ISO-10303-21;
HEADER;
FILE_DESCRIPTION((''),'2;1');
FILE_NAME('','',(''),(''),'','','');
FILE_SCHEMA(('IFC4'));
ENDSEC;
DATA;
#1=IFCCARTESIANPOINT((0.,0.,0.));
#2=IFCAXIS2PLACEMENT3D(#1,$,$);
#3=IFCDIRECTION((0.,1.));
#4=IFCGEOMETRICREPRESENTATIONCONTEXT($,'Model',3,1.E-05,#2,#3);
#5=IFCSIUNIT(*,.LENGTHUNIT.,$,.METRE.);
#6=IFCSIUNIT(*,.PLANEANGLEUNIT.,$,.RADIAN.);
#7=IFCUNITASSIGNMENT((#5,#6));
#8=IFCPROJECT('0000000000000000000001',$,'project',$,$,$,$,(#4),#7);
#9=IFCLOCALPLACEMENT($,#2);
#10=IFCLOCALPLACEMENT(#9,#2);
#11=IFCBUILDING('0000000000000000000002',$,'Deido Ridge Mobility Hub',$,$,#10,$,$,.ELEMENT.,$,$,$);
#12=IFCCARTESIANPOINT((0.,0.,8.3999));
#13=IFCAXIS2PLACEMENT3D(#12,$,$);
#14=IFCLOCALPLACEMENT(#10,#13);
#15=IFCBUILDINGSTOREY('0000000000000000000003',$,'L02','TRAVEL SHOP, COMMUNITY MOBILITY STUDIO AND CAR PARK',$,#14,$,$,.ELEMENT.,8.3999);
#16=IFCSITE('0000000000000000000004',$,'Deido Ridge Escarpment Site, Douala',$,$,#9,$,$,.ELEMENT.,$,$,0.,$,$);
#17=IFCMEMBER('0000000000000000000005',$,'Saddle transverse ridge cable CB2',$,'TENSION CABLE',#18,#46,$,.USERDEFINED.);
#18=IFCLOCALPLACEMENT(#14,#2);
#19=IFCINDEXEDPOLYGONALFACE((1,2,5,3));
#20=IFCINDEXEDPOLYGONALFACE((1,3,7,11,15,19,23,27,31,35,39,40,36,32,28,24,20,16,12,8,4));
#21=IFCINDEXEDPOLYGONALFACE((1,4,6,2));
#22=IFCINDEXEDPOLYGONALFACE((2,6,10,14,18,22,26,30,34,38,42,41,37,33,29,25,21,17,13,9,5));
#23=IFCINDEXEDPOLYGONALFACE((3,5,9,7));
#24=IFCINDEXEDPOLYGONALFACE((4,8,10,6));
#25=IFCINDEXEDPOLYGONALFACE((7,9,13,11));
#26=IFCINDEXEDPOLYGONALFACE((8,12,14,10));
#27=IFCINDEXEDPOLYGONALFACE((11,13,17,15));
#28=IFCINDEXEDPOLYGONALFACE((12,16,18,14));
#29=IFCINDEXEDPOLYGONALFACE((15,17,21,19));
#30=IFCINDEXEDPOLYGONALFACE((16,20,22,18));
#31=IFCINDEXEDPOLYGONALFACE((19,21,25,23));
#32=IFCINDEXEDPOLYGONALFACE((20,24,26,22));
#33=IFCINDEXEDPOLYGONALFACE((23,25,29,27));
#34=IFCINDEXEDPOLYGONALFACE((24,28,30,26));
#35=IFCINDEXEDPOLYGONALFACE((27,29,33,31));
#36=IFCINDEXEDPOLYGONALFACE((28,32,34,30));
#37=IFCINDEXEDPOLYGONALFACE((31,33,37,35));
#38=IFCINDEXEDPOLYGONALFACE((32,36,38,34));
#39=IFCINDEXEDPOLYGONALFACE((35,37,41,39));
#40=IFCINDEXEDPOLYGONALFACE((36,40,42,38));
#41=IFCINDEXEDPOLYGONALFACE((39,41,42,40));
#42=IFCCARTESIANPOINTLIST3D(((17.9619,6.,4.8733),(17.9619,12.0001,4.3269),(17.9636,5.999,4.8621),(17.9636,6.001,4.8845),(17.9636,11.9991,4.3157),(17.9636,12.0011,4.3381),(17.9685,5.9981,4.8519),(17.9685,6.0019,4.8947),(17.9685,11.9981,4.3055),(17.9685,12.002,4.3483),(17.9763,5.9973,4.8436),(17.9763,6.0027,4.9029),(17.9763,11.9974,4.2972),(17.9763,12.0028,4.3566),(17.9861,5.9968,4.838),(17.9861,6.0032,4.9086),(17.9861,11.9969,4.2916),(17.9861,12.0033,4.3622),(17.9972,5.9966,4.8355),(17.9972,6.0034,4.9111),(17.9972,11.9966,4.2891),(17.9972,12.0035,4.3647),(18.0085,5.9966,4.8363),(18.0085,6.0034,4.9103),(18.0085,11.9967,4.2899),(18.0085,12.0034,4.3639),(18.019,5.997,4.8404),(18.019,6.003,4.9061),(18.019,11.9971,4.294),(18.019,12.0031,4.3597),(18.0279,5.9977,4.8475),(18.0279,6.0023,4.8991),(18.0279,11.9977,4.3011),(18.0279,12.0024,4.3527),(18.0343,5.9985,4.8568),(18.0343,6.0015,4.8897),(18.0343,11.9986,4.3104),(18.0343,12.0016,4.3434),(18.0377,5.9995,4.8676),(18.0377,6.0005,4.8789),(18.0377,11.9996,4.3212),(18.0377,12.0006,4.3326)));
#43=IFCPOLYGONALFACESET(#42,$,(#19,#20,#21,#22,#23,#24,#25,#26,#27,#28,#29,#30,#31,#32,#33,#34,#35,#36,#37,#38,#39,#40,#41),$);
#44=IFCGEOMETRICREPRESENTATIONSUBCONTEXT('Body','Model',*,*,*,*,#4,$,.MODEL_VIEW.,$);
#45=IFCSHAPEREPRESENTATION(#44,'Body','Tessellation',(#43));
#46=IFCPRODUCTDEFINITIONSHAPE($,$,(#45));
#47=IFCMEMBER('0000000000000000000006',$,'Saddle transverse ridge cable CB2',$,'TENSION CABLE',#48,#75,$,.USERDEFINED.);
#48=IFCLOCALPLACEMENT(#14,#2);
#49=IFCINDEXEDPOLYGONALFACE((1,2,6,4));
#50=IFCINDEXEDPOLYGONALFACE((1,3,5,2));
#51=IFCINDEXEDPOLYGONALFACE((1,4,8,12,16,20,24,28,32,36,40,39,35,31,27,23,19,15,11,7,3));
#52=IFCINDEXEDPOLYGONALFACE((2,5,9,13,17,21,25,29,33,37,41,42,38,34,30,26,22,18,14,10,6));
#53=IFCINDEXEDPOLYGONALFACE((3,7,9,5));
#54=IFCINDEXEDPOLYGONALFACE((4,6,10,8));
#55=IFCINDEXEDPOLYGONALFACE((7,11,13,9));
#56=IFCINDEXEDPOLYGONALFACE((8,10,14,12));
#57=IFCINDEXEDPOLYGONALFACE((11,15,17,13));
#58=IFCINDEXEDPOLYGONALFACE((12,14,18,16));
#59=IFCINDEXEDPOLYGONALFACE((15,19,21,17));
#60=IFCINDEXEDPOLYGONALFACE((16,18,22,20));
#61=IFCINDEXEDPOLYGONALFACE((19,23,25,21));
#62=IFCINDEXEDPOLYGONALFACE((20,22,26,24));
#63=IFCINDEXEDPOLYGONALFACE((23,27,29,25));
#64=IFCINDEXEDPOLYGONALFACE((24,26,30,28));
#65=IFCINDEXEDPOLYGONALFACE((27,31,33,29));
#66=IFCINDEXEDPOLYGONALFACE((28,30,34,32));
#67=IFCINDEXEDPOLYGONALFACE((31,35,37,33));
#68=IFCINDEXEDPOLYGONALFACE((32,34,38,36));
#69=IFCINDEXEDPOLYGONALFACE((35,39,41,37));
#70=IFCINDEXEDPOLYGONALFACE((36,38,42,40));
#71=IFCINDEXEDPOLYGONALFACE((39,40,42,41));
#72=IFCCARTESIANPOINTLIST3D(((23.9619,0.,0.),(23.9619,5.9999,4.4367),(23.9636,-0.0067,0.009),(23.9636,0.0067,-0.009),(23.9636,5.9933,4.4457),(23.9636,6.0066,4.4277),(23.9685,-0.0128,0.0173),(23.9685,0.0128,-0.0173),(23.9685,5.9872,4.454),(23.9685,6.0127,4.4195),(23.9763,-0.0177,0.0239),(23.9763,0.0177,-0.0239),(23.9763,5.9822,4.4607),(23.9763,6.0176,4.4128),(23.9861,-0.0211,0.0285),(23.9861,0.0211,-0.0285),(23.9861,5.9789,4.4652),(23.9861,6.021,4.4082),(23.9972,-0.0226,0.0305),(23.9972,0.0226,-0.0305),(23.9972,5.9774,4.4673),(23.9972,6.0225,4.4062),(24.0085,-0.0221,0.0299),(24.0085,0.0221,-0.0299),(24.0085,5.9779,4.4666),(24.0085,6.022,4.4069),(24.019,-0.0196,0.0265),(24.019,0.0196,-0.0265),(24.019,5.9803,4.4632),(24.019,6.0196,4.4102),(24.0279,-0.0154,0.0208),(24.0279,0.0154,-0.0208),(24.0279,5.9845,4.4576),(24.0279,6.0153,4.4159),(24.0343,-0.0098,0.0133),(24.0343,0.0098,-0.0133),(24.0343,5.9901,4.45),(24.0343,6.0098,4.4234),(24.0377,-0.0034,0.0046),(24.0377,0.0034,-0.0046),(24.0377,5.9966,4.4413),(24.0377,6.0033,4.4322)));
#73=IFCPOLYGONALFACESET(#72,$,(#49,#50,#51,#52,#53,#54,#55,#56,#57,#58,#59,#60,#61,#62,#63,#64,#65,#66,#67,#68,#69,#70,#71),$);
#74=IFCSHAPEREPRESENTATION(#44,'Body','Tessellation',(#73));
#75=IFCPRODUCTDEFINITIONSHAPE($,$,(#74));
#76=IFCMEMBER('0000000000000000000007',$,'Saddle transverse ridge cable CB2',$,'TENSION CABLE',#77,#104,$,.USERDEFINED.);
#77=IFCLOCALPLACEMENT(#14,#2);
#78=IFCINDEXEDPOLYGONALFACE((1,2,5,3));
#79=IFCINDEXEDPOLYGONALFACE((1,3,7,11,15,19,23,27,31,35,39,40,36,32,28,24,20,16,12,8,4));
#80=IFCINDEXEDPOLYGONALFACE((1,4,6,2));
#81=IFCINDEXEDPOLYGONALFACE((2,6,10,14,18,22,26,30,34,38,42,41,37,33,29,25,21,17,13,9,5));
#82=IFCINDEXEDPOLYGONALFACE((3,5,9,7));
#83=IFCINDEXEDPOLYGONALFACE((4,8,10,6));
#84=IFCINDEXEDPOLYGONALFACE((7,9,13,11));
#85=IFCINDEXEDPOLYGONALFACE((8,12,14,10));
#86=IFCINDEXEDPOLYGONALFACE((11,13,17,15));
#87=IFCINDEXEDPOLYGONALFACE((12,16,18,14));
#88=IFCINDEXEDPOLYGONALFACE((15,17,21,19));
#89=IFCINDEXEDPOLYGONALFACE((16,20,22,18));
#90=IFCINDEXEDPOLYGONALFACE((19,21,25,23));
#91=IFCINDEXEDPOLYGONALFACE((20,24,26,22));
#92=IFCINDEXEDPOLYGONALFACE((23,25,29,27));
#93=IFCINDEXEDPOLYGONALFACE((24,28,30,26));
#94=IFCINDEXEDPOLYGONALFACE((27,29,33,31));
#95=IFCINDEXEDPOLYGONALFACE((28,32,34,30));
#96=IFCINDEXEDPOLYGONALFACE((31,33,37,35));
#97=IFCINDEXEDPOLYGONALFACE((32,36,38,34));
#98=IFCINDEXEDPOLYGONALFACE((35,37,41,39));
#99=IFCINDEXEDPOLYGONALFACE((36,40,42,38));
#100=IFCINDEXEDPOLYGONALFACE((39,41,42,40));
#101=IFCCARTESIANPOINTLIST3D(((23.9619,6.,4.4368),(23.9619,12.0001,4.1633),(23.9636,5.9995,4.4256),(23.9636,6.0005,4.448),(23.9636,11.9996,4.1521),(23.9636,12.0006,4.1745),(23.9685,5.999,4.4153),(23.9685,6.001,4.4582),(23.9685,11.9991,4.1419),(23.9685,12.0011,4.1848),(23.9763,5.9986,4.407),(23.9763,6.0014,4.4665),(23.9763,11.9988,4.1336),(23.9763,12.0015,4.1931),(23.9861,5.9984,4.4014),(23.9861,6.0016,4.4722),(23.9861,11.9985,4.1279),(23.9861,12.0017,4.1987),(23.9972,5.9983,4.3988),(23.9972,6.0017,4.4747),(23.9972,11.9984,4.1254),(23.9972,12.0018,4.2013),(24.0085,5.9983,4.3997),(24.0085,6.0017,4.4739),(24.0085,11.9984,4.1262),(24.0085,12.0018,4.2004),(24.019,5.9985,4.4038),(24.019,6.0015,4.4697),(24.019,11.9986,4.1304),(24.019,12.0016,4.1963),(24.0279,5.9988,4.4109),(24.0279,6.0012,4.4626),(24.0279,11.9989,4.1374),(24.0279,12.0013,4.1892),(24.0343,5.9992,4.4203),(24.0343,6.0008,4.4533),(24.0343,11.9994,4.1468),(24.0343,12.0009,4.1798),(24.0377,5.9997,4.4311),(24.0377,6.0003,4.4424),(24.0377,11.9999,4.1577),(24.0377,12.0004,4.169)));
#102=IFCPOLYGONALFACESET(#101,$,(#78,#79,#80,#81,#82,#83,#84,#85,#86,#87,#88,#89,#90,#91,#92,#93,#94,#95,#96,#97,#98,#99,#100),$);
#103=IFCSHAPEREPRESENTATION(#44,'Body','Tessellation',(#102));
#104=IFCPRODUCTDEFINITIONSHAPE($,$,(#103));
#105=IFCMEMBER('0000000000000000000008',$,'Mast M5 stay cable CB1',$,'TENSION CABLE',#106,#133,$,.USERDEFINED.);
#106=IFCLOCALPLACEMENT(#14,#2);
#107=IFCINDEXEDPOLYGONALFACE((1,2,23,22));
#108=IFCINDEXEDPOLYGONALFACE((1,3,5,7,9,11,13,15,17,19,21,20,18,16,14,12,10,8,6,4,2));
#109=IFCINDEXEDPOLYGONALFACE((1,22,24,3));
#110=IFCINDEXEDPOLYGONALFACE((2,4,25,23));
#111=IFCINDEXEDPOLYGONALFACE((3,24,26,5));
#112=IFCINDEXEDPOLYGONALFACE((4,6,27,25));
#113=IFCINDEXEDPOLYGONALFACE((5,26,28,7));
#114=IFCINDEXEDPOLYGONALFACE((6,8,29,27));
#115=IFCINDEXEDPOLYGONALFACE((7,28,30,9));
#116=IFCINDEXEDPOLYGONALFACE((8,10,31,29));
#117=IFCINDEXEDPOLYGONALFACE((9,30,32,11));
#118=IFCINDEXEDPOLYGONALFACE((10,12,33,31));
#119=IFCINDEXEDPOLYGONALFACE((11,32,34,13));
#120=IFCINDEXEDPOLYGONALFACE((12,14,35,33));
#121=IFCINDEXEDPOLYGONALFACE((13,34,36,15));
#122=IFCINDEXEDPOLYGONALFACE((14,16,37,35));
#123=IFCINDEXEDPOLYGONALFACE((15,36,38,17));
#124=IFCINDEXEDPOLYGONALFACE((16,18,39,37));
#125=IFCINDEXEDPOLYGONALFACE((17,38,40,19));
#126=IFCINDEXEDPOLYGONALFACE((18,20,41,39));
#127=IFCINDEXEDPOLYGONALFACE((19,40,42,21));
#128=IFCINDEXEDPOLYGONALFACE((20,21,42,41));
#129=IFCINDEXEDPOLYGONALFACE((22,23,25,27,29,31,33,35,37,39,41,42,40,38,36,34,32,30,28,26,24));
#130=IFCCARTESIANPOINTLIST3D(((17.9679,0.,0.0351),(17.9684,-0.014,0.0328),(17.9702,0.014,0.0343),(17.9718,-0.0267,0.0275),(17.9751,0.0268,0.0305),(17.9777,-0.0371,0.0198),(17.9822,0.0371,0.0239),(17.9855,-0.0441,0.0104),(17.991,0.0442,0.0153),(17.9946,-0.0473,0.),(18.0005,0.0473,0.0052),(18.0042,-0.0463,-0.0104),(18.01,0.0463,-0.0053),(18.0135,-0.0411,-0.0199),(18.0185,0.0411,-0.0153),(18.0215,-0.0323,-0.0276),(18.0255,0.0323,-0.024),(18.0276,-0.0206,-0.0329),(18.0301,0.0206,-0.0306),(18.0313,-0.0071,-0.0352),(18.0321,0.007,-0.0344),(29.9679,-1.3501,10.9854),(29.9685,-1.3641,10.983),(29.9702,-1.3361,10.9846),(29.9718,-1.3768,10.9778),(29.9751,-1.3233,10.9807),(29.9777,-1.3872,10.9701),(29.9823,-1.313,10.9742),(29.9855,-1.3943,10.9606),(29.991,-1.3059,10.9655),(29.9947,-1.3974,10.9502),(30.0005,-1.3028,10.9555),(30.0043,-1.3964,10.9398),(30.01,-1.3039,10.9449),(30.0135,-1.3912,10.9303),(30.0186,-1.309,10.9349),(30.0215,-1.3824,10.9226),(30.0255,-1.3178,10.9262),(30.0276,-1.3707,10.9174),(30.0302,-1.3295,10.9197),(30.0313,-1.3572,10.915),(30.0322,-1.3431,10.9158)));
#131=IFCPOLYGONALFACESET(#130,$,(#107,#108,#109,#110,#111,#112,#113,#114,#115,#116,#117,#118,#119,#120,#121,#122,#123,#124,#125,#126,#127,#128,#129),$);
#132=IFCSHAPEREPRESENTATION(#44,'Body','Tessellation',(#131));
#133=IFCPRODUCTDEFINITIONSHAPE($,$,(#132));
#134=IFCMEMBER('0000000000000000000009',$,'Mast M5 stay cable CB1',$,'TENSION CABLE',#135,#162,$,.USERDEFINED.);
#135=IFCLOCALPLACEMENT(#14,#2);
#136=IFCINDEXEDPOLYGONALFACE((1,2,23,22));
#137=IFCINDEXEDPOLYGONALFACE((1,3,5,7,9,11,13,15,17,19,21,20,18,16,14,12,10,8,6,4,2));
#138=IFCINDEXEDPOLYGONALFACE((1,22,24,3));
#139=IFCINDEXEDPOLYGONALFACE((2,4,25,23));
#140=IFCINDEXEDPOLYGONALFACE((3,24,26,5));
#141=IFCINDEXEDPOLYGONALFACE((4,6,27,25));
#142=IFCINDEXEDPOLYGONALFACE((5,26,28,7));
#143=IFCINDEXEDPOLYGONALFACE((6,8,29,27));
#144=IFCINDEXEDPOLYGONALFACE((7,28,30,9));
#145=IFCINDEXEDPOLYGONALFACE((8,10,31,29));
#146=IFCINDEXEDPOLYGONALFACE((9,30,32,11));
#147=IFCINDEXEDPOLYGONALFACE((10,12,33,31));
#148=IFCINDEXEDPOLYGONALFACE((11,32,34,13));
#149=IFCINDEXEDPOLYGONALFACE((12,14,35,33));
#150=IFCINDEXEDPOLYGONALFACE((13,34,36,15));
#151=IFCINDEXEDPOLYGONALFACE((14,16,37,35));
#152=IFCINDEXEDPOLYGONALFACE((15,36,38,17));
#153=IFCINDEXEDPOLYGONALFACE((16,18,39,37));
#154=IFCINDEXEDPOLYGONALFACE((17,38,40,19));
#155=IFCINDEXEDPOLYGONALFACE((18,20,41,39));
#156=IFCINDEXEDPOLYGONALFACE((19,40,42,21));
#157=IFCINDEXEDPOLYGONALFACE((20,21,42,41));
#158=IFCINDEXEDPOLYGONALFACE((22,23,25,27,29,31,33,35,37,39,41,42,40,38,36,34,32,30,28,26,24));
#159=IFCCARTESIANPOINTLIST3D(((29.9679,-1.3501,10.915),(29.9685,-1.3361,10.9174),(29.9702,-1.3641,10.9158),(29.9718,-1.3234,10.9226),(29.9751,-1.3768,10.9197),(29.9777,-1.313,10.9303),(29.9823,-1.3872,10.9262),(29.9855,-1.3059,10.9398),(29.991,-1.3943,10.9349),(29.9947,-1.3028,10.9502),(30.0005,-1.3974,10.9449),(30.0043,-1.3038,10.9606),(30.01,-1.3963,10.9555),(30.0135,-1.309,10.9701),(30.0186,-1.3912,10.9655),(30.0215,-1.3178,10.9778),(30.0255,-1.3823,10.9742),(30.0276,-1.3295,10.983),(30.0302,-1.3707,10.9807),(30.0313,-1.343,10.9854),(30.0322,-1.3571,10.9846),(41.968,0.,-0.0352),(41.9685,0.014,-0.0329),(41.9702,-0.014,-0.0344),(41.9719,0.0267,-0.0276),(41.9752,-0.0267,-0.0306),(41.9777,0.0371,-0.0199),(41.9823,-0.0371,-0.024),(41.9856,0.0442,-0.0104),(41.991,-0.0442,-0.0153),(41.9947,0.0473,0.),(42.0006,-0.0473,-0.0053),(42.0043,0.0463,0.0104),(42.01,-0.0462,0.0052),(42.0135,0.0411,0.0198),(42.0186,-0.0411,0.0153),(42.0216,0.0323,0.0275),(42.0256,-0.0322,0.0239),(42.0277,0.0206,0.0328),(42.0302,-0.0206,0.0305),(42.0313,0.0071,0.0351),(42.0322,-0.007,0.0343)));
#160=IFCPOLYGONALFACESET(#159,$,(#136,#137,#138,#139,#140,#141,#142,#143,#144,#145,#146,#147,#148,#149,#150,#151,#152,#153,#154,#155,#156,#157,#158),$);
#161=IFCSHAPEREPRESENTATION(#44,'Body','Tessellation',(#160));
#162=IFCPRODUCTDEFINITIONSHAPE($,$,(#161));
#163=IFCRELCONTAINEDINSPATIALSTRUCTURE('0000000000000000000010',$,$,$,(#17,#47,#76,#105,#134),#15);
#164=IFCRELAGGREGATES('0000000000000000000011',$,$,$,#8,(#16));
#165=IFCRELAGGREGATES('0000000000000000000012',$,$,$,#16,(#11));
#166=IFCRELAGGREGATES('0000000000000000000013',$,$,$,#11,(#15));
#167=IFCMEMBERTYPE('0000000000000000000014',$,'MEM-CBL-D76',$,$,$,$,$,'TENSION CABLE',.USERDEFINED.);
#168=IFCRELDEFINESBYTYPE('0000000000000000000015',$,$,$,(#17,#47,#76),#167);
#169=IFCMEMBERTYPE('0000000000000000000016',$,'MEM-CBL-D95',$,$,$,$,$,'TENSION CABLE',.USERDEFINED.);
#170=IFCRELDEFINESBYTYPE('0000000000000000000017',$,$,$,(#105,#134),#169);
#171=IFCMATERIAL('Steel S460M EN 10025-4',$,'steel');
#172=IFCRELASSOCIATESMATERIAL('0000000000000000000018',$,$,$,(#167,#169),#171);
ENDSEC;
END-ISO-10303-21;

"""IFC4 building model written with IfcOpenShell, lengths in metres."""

from ifc_helpers import new_model, si_unit, direction, frame, origin, origin_2d, place, context, subcontext, project, spatial, circle, extrude, material, material_profile, profile_set, type_object, element, save


model = new_model("IFC4")

# Units and contexts
model_context = context("Model", 3, precision=1e-05, world=origin(), true_north=direction((0.0, 1.0)))
body_context = subcontext(model_context, "Body", "Model", "MODEL_VIEW")
ifc_project = project(units=[si_unit("LENGTHUNIT", "METRE"), si_unit("PLANEANGLEUNIT", "RADIAN")], contexts=[model_context])

# Site, building, storey
site_placement = place(None, origin())
site = spatial("IfcSite", under=ifc_project, at=site_placement, Name="Deido Ridge Escarpment Site, Douala", CompositionType="ELEMENT", RefElevation=0.0)
building_placement = place(site_placement, origin())
building = spatial("IfcBuilding", under=site, at=building_placement, Name="Deido Ridge Mobility Hub", CompositionType="ELEMENT")
storey_placement = place(building_placement, frame((0.0, 0.0, 8.3999)))
storey = spatial("IfcBuildingStorey", under=building, at=storey_placement, Name="L02", Description="TRAVEL SHOP, COMMUNITY MOBILITY STUDIO AND CAR PARK", CompositionType="ELEMENT", Elevation=8.3999)

# Members
ifc_material_1 = material(Name="Steel S460M EN 10025-4", Category="steel")
ifc_material_profile_1 = material_profile(ifc_material_1, circle(Radius=0.0381, at=origin_2d()), Name="CABLE D76")
ifc_profile_set_1 = profile_set([ifc_material_profile_1], Name="Steel S460M EN 10025-4")
member_type_1 = type_object("IfcMemberType", Name="MEM-CBL-D76", ElementType="TENSION CABLE", PredefinedType="USERDEFINED", material=ifc_profile_set_1)
member_1_placement = place(storey_placement, frame((18.0, 6.0, 4.8733), z_axis=(0.0, 0.995879, -0.090689), x_axis=(-1.0, 0.0, 0.0)))
element("IfcMember", 1, at=member_1_placement, inside=storey, type_object=member_type_1, Name="Saddle transverse ridge cable CB2", ObjectType="TENSION CABLE", PredefinedType="USERDEFINED", context=body_context, shape_type="SweptSolid", body=[
    extrude(circle(Radius=0.0381, at=origin_2d()), origin(), (0.0, 0.0, 1.0), 6.0249),
])
member_2_placement = place(storey_placement, frame((24.0, 0.0, 0.0), z_axis=(0.0, 0.804049, 0.594563), x_axis=(-1.0, 0.0, 0.0)))
element("IfcMember", 2, at=member_2_placement, inside=storey, type_object=member_type_1, Name="Saddle transverse ridge cable CB2", ObjectType="TENSION CABLE", PredefinedType="USERDEFINED", context=body_context, shape_type="SweptSolid", body=[
    extrude(circle(Radius=0.0381, at=origin_2d()), origin(), (0.0, 0.0, 1.0), 7.4622),
])
member_3_placement = place(storey_placement, frame((24.0, 6.0, 4.4368), z_axis=(0.0, 0.998963, -0.045526), x_axis=(-1.0, 0.0, 0.0)))
element("IfcMember", 3, at=member_3_placement, inside=storey, type_object=member_type_1, Name="Saddle transverse ridge cable CB2", ObjectType="TENSION CABLE", PredefinedType="USERDEFINED", context=body_context, shape_type="SweptSolid", body=[
    extrude(circle(Radius=0.0381, at=origin_2d()), origin(), (0.0, 0.0, 1.0), 6.0063),
])
ifc_material_profile_2 = material_profile(ifc_material_1, circle(Radius=0.0476, at=origin_2d()), Name="CABLE D95")
ifc_profile_set_2 = profile_set([ifc_material_profile_2], Name="Steel S460M EN 10025-4")
member_type_2 = type_object("IfcMemberType", Name="MEM-CBL-D95", ElementType="TENSION CABLE", PredefinedType="USERDEFINED", material=ifc_profile_set_2)
for number, where, z_axis, x_axis, name in (
    (4, (30.0, -1.3501, 10.9502), (-0.736142, 0.082822, -0.671741), (-0.111803, -0.99373, 0.0), "Mast M5 stay cable CB1"),
    (5, (30.0, -1.3501, 10.9502), (0.736142, 0.082822, -0.671741), (-0.111803, 0.99373, 0.0), "Mast M5 stay cable CB1"),
):
    element("IfcMember", number, at=place(storey_placement, frame(where, z_axis=z_axis, x_axis=x_axis)), inside=storey, type_object=member_type_2, Name=name, ObjectType="TENSION CABLE", PredefinedType="USERDEFINED", context=body_context, shape_type="SweptSolid", body=[
        extrude(circle(Radius=0.0476, at=origin_2d()), origin(), (0.0, 0.0, 1.0), 16.3013),
    ])

save(model, "model.ifc")
